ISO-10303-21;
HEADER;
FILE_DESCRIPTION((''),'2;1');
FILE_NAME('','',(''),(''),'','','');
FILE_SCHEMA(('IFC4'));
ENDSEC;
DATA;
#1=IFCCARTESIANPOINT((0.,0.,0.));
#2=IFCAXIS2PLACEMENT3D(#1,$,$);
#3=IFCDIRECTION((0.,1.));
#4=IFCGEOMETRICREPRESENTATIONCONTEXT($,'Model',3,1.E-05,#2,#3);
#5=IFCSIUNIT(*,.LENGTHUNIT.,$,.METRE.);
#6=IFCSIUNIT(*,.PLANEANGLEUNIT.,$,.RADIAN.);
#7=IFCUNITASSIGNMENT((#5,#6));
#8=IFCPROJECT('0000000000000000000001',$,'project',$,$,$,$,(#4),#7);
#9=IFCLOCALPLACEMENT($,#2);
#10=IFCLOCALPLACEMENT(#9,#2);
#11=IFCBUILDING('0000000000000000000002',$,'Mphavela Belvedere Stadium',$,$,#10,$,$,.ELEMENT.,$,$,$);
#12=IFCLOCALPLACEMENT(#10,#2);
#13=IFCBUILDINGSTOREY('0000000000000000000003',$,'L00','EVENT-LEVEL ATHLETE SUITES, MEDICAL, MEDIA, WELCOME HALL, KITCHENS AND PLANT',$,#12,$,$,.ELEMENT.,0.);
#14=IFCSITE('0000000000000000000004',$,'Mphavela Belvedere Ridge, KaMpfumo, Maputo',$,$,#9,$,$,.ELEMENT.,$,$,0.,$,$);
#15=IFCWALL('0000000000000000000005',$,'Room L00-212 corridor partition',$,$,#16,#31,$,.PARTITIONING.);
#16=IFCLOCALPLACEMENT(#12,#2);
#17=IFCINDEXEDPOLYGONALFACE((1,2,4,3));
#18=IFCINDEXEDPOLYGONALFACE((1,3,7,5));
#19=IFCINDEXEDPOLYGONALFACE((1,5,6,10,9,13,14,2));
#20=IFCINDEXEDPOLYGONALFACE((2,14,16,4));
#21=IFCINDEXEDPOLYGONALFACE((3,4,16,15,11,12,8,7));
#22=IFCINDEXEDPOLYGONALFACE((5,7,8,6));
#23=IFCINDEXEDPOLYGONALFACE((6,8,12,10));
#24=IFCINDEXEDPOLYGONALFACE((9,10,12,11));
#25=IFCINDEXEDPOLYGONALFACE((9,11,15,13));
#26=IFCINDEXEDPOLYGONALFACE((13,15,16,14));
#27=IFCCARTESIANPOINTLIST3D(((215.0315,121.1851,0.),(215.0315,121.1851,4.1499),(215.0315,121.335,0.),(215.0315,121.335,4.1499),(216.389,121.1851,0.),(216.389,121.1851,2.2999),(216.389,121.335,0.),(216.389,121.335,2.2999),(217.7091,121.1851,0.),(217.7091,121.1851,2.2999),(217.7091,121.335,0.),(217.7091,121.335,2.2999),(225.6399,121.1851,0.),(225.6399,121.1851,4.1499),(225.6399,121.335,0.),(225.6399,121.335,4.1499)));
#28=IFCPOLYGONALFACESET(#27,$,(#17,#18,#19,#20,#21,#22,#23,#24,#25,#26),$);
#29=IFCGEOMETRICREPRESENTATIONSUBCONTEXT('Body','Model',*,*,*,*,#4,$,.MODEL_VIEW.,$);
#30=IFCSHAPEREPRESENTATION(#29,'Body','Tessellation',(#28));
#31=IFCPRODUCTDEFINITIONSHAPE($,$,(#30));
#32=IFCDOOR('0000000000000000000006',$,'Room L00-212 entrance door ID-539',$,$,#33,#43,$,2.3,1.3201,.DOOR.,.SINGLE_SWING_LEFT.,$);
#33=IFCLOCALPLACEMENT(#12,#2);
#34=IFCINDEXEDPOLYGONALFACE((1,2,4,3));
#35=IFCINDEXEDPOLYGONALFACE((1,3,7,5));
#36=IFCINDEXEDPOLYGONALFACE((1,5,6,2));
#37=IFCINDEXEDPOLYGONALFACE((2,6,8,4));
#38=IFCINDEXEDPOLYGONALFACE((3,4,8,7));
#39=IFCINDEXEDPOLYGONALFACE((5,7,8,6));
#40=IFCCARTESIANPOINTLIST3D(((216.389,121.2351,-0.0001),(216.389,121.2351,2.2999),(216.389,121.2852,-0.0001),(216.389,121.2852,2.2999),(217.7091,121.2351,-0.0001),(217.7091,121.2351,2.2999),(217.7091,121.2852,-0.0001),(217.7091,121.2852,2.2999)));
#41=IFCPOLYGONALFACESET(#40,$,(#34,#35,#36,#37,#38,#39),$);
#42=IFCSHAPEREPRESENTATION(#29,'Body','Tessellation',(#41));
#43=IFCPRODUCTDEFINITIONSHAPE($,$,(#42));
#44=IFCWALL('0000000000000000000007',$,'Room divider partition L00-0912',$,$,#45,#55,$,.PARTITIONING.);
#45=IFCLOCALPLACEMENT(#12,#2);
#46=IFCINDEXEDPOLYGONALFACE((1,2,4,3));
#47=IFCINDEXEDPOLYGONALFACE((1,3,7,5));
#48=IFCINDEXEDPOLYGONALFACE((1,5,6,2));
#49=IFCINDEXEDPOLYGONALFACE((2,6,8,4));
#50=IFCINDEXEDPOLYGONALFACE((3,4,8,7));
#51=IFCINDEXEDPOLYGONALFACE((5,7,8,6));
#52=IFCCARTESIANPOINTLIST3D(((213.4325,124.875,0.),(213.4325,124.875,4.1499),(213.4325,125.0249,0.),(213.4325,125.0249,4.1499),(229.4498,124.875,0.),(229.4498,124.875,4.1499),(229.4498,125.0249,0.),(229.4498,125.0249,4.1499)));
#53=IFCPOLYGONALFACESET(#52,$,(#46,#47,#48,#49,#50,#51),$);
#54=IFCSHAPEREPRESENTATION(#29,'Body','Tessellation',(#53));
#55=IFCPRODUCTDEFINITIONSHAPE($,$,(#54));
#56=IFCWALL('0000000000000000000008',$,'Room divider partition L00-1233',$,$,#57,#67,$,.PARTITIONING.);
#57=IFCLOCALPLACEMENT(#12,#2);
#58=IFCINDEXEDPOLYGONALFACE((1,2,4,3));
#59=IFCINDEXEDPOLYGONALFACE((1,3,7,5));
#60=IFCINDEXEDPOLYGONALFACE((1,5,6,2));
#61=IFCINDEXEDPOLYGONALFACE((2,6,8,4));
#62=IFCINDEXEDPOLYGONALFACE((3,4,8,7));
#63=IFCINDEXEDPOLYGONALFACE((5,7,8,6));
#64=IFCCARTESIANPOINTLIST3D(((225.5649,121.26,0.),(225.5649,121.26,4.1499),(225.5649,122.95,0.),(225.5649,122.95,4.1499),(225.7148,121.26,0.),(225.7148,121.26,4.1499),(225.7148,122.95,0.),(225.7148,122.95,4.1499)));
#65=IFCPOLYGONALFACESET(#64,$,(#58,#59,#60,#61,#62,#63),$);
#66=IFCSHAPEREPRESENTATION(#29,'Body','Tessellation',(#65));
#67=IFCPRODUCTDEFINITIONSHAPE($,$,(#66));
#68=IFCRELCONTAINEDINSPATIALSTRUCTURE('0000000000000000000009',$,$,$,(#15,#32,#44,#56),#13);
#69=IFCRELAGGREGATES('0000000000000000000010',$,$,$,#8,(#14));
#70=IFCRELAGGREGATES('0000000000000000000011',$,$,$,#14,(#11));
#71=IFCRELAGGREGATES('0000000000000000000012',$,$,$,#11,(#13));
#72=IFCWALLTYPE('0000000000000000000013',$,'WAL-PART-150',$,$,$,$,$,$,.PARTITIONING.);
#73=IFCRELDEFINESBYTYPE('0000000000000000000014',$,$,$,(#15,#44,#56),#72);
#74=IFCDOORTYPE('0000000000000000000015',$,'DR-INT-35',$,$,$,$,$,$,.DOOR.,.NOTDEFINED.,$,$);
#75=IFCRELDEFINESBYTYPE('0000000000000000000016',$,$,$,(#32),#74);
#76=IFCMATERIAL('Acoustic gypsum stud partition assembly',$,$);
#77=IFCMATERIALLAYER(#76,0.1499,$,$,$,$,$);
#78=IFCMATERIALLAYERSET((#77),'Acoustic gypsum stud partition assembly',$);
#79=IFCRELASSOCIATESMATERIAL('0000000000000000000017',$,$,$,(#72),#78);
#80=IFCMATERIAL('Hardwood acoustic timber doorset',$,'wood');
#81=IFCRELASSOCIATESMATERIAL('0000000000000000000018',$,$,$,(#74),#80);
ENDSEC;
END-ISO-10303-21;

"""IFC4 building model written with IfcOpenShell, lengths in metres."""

from ifc_helpers import new_model, si_unit, direction, frame, frame_2d, origin, place, context, subcontext, project, spatial, rectangle, extrude, material, layer, layer_set, type_object, element, fill, save


model = new_model("IFC4")

# Units and contexts
model_context = context("Model", 3, precision=1e-05, world=origin(), true_north=direction((0.0, 1.0)))
body_context = subcontext(model_context, "Body", "Model", "MODEL_VIEW")
ifc_project = project(units=[si_unit("LENGTHUNIT", "METRE"), si_unit("PLANEANGLEUNIT", "RADIAN")], contexts=[model_context])

# Site, building, storey
site_placement = place(None, origin())
site = spatial("IfcSite", under=ifc_project, at=site_placement, Name="Mphavela Belvedere Ridge, KaMpfumo, Maputo", CompositionType="ELEMENT", RefElevation=0.0)
building_placement = place(site_placement, origin())
building = spatial("IfcBuilding", under=site, at=building_placement, Name="Mphavela Belvedere Stadium", CompositionType="ELEMENT")
storey_placement = place(building_placement, origin())
storey = spatial("IfcBuildingStorey", under=building, at=storey_placement, Name="L00", Description="EVENT-LEVEL ATHLETE SUITES, MEDICAL, MEDIA, WELCOME HALL, KITCHENS AND PLANT", CompositionType="ELEMENT", Elevation=0.0)

# Wall, opening, door
ifc_material_1 = material(Name="Acoustic gypsum stud partition assembly")
ifc_layer_1 = layer(ifc_material_1, 0.1499)
ifc_layer_set_1 = layer_set([ifc_layer_1], Name="Acoustic gypsum stud partition assembly")
wall_type_1 = type_object("IfcWallType", Name="WAL-PART-150", PredefinedType="PARTITIONING", material=ifc_layer_set_1)
wall_1_placement = place(storey_placement, frame((225.6399, 121.26, 0.0), z_axis=(0.0, 0.0, 1.0), x_axis=(-1.0, 0.0, 0.0)))
wall_1 = element("IfcWall", 1, at=wall_1_placement, inside=storey, type_object=wall_type_1, Name="Room L00-212 corridor partition", PredefinedType="PARTITIONING", context=body_context, shape_type="SweptSolid", body=[
    extrude(rectangle(XDim=10.6084, YDim=0.1499, at=frame_2d((5.3042, 0.0))), origin(), (0.0, 0.0, 1.0), 4.1499),
])
opening_1_placement = place(wall_1_placement, frame((7.9307, 0.0, 0.0)))
opening_1 = element("IfcOpeningElement", 2, at=opening_1_placement, cuts=wall_1, PredefinedType="OPENING", context=body_context, shape_type="SweptSolid", body=[
    extrude(rectangle(XDim=1.3201, YDim=2.3, at=frame_2d((0.6602, 1.1499))), frame((0.0, 0.085, 0.0), z_axis=(0.0, -1.0, 0.0), x_axis=(1.0, 0.0, 0.0)), (0.0, 0.0, 1.0), 0.1699),
])
ifc_material_2 = material(Name="Hardwood acoustic timber doorset", Category="wood")
door_type_1 = type_object("IfcDoorType", Name="DR-INT-35", OperationType="NOTDEFINED", PredefinedType="DOOR", material=ifc_material_2)
door_1_placement = place(opening_1_placement, origin())
door_1 = element("IfcDoor", 3, at=door_1_placement, inside=storey, type_object=door_type_1, Name="Room L00-212 entrance door ID-539", OperationType="SINGLE_SWING_LEFT", OverallHeight=2.3, OverallWidth=1.3201, PredefinedType="DOOR", context=body_context, shape_type="SweptSolid", body=[
    extrude(rectangle(XDim=1.3201, YDim=2.3, at=frame_2d((0.6602, 1.1499))), frame((0.0, 0.0249, 0.0), z_axis=(0.0, -1.0, 0.0), x_axis=(1.0, 0.0, 0.0)), (0.0, 0.0, 1.0), 0.05),
])
fill(opening_1, door_1)

# Walls
wall_2_placement = place(storey_placement, frame((229.45, 124.95, 0.0), z_axis=(0.0, 0.0, 1.0), x_axis=(-1.0, 0.0, 0.0)))
element("IfcWall", 4, at=wall_2_placement, inside=storey, type_object=wall_type_1, Name="Room divider partition L00-0912", PredefinedType="PARTITIONING", context=body_context, shape_type="SweptSolid", body=[
    extrude(rectangle(XDim=16.0173, YDim=0.1499, at=frame_2d((8.0088, 0.0))), origin(), (0.0, 0.0, 1.0), 4.1499),
])
wall_3_placement = place(storey_placement, frame((225.6399, 122.95, 0.0), z_axis=(0.0, 0.0, 1.0), x_axis=(0.0, -1.0, 0.0)))
element("IfcWall", 5, at=wall_3_placement, inside=storey, type_object=wall_type_1, Name="Room divider partition L00-1233", PredefinedType="PARTITIONING", context=body_context, shape_type="SweptSolid", body=[
    extrude(rectangle(XDim=1.6899, YDim=0.1499, at=frame_2d((0.845, 0.0))), origin(), (0.0, 0.0, 1.0), 4.1499),
])

save(model, "model.ifc")
